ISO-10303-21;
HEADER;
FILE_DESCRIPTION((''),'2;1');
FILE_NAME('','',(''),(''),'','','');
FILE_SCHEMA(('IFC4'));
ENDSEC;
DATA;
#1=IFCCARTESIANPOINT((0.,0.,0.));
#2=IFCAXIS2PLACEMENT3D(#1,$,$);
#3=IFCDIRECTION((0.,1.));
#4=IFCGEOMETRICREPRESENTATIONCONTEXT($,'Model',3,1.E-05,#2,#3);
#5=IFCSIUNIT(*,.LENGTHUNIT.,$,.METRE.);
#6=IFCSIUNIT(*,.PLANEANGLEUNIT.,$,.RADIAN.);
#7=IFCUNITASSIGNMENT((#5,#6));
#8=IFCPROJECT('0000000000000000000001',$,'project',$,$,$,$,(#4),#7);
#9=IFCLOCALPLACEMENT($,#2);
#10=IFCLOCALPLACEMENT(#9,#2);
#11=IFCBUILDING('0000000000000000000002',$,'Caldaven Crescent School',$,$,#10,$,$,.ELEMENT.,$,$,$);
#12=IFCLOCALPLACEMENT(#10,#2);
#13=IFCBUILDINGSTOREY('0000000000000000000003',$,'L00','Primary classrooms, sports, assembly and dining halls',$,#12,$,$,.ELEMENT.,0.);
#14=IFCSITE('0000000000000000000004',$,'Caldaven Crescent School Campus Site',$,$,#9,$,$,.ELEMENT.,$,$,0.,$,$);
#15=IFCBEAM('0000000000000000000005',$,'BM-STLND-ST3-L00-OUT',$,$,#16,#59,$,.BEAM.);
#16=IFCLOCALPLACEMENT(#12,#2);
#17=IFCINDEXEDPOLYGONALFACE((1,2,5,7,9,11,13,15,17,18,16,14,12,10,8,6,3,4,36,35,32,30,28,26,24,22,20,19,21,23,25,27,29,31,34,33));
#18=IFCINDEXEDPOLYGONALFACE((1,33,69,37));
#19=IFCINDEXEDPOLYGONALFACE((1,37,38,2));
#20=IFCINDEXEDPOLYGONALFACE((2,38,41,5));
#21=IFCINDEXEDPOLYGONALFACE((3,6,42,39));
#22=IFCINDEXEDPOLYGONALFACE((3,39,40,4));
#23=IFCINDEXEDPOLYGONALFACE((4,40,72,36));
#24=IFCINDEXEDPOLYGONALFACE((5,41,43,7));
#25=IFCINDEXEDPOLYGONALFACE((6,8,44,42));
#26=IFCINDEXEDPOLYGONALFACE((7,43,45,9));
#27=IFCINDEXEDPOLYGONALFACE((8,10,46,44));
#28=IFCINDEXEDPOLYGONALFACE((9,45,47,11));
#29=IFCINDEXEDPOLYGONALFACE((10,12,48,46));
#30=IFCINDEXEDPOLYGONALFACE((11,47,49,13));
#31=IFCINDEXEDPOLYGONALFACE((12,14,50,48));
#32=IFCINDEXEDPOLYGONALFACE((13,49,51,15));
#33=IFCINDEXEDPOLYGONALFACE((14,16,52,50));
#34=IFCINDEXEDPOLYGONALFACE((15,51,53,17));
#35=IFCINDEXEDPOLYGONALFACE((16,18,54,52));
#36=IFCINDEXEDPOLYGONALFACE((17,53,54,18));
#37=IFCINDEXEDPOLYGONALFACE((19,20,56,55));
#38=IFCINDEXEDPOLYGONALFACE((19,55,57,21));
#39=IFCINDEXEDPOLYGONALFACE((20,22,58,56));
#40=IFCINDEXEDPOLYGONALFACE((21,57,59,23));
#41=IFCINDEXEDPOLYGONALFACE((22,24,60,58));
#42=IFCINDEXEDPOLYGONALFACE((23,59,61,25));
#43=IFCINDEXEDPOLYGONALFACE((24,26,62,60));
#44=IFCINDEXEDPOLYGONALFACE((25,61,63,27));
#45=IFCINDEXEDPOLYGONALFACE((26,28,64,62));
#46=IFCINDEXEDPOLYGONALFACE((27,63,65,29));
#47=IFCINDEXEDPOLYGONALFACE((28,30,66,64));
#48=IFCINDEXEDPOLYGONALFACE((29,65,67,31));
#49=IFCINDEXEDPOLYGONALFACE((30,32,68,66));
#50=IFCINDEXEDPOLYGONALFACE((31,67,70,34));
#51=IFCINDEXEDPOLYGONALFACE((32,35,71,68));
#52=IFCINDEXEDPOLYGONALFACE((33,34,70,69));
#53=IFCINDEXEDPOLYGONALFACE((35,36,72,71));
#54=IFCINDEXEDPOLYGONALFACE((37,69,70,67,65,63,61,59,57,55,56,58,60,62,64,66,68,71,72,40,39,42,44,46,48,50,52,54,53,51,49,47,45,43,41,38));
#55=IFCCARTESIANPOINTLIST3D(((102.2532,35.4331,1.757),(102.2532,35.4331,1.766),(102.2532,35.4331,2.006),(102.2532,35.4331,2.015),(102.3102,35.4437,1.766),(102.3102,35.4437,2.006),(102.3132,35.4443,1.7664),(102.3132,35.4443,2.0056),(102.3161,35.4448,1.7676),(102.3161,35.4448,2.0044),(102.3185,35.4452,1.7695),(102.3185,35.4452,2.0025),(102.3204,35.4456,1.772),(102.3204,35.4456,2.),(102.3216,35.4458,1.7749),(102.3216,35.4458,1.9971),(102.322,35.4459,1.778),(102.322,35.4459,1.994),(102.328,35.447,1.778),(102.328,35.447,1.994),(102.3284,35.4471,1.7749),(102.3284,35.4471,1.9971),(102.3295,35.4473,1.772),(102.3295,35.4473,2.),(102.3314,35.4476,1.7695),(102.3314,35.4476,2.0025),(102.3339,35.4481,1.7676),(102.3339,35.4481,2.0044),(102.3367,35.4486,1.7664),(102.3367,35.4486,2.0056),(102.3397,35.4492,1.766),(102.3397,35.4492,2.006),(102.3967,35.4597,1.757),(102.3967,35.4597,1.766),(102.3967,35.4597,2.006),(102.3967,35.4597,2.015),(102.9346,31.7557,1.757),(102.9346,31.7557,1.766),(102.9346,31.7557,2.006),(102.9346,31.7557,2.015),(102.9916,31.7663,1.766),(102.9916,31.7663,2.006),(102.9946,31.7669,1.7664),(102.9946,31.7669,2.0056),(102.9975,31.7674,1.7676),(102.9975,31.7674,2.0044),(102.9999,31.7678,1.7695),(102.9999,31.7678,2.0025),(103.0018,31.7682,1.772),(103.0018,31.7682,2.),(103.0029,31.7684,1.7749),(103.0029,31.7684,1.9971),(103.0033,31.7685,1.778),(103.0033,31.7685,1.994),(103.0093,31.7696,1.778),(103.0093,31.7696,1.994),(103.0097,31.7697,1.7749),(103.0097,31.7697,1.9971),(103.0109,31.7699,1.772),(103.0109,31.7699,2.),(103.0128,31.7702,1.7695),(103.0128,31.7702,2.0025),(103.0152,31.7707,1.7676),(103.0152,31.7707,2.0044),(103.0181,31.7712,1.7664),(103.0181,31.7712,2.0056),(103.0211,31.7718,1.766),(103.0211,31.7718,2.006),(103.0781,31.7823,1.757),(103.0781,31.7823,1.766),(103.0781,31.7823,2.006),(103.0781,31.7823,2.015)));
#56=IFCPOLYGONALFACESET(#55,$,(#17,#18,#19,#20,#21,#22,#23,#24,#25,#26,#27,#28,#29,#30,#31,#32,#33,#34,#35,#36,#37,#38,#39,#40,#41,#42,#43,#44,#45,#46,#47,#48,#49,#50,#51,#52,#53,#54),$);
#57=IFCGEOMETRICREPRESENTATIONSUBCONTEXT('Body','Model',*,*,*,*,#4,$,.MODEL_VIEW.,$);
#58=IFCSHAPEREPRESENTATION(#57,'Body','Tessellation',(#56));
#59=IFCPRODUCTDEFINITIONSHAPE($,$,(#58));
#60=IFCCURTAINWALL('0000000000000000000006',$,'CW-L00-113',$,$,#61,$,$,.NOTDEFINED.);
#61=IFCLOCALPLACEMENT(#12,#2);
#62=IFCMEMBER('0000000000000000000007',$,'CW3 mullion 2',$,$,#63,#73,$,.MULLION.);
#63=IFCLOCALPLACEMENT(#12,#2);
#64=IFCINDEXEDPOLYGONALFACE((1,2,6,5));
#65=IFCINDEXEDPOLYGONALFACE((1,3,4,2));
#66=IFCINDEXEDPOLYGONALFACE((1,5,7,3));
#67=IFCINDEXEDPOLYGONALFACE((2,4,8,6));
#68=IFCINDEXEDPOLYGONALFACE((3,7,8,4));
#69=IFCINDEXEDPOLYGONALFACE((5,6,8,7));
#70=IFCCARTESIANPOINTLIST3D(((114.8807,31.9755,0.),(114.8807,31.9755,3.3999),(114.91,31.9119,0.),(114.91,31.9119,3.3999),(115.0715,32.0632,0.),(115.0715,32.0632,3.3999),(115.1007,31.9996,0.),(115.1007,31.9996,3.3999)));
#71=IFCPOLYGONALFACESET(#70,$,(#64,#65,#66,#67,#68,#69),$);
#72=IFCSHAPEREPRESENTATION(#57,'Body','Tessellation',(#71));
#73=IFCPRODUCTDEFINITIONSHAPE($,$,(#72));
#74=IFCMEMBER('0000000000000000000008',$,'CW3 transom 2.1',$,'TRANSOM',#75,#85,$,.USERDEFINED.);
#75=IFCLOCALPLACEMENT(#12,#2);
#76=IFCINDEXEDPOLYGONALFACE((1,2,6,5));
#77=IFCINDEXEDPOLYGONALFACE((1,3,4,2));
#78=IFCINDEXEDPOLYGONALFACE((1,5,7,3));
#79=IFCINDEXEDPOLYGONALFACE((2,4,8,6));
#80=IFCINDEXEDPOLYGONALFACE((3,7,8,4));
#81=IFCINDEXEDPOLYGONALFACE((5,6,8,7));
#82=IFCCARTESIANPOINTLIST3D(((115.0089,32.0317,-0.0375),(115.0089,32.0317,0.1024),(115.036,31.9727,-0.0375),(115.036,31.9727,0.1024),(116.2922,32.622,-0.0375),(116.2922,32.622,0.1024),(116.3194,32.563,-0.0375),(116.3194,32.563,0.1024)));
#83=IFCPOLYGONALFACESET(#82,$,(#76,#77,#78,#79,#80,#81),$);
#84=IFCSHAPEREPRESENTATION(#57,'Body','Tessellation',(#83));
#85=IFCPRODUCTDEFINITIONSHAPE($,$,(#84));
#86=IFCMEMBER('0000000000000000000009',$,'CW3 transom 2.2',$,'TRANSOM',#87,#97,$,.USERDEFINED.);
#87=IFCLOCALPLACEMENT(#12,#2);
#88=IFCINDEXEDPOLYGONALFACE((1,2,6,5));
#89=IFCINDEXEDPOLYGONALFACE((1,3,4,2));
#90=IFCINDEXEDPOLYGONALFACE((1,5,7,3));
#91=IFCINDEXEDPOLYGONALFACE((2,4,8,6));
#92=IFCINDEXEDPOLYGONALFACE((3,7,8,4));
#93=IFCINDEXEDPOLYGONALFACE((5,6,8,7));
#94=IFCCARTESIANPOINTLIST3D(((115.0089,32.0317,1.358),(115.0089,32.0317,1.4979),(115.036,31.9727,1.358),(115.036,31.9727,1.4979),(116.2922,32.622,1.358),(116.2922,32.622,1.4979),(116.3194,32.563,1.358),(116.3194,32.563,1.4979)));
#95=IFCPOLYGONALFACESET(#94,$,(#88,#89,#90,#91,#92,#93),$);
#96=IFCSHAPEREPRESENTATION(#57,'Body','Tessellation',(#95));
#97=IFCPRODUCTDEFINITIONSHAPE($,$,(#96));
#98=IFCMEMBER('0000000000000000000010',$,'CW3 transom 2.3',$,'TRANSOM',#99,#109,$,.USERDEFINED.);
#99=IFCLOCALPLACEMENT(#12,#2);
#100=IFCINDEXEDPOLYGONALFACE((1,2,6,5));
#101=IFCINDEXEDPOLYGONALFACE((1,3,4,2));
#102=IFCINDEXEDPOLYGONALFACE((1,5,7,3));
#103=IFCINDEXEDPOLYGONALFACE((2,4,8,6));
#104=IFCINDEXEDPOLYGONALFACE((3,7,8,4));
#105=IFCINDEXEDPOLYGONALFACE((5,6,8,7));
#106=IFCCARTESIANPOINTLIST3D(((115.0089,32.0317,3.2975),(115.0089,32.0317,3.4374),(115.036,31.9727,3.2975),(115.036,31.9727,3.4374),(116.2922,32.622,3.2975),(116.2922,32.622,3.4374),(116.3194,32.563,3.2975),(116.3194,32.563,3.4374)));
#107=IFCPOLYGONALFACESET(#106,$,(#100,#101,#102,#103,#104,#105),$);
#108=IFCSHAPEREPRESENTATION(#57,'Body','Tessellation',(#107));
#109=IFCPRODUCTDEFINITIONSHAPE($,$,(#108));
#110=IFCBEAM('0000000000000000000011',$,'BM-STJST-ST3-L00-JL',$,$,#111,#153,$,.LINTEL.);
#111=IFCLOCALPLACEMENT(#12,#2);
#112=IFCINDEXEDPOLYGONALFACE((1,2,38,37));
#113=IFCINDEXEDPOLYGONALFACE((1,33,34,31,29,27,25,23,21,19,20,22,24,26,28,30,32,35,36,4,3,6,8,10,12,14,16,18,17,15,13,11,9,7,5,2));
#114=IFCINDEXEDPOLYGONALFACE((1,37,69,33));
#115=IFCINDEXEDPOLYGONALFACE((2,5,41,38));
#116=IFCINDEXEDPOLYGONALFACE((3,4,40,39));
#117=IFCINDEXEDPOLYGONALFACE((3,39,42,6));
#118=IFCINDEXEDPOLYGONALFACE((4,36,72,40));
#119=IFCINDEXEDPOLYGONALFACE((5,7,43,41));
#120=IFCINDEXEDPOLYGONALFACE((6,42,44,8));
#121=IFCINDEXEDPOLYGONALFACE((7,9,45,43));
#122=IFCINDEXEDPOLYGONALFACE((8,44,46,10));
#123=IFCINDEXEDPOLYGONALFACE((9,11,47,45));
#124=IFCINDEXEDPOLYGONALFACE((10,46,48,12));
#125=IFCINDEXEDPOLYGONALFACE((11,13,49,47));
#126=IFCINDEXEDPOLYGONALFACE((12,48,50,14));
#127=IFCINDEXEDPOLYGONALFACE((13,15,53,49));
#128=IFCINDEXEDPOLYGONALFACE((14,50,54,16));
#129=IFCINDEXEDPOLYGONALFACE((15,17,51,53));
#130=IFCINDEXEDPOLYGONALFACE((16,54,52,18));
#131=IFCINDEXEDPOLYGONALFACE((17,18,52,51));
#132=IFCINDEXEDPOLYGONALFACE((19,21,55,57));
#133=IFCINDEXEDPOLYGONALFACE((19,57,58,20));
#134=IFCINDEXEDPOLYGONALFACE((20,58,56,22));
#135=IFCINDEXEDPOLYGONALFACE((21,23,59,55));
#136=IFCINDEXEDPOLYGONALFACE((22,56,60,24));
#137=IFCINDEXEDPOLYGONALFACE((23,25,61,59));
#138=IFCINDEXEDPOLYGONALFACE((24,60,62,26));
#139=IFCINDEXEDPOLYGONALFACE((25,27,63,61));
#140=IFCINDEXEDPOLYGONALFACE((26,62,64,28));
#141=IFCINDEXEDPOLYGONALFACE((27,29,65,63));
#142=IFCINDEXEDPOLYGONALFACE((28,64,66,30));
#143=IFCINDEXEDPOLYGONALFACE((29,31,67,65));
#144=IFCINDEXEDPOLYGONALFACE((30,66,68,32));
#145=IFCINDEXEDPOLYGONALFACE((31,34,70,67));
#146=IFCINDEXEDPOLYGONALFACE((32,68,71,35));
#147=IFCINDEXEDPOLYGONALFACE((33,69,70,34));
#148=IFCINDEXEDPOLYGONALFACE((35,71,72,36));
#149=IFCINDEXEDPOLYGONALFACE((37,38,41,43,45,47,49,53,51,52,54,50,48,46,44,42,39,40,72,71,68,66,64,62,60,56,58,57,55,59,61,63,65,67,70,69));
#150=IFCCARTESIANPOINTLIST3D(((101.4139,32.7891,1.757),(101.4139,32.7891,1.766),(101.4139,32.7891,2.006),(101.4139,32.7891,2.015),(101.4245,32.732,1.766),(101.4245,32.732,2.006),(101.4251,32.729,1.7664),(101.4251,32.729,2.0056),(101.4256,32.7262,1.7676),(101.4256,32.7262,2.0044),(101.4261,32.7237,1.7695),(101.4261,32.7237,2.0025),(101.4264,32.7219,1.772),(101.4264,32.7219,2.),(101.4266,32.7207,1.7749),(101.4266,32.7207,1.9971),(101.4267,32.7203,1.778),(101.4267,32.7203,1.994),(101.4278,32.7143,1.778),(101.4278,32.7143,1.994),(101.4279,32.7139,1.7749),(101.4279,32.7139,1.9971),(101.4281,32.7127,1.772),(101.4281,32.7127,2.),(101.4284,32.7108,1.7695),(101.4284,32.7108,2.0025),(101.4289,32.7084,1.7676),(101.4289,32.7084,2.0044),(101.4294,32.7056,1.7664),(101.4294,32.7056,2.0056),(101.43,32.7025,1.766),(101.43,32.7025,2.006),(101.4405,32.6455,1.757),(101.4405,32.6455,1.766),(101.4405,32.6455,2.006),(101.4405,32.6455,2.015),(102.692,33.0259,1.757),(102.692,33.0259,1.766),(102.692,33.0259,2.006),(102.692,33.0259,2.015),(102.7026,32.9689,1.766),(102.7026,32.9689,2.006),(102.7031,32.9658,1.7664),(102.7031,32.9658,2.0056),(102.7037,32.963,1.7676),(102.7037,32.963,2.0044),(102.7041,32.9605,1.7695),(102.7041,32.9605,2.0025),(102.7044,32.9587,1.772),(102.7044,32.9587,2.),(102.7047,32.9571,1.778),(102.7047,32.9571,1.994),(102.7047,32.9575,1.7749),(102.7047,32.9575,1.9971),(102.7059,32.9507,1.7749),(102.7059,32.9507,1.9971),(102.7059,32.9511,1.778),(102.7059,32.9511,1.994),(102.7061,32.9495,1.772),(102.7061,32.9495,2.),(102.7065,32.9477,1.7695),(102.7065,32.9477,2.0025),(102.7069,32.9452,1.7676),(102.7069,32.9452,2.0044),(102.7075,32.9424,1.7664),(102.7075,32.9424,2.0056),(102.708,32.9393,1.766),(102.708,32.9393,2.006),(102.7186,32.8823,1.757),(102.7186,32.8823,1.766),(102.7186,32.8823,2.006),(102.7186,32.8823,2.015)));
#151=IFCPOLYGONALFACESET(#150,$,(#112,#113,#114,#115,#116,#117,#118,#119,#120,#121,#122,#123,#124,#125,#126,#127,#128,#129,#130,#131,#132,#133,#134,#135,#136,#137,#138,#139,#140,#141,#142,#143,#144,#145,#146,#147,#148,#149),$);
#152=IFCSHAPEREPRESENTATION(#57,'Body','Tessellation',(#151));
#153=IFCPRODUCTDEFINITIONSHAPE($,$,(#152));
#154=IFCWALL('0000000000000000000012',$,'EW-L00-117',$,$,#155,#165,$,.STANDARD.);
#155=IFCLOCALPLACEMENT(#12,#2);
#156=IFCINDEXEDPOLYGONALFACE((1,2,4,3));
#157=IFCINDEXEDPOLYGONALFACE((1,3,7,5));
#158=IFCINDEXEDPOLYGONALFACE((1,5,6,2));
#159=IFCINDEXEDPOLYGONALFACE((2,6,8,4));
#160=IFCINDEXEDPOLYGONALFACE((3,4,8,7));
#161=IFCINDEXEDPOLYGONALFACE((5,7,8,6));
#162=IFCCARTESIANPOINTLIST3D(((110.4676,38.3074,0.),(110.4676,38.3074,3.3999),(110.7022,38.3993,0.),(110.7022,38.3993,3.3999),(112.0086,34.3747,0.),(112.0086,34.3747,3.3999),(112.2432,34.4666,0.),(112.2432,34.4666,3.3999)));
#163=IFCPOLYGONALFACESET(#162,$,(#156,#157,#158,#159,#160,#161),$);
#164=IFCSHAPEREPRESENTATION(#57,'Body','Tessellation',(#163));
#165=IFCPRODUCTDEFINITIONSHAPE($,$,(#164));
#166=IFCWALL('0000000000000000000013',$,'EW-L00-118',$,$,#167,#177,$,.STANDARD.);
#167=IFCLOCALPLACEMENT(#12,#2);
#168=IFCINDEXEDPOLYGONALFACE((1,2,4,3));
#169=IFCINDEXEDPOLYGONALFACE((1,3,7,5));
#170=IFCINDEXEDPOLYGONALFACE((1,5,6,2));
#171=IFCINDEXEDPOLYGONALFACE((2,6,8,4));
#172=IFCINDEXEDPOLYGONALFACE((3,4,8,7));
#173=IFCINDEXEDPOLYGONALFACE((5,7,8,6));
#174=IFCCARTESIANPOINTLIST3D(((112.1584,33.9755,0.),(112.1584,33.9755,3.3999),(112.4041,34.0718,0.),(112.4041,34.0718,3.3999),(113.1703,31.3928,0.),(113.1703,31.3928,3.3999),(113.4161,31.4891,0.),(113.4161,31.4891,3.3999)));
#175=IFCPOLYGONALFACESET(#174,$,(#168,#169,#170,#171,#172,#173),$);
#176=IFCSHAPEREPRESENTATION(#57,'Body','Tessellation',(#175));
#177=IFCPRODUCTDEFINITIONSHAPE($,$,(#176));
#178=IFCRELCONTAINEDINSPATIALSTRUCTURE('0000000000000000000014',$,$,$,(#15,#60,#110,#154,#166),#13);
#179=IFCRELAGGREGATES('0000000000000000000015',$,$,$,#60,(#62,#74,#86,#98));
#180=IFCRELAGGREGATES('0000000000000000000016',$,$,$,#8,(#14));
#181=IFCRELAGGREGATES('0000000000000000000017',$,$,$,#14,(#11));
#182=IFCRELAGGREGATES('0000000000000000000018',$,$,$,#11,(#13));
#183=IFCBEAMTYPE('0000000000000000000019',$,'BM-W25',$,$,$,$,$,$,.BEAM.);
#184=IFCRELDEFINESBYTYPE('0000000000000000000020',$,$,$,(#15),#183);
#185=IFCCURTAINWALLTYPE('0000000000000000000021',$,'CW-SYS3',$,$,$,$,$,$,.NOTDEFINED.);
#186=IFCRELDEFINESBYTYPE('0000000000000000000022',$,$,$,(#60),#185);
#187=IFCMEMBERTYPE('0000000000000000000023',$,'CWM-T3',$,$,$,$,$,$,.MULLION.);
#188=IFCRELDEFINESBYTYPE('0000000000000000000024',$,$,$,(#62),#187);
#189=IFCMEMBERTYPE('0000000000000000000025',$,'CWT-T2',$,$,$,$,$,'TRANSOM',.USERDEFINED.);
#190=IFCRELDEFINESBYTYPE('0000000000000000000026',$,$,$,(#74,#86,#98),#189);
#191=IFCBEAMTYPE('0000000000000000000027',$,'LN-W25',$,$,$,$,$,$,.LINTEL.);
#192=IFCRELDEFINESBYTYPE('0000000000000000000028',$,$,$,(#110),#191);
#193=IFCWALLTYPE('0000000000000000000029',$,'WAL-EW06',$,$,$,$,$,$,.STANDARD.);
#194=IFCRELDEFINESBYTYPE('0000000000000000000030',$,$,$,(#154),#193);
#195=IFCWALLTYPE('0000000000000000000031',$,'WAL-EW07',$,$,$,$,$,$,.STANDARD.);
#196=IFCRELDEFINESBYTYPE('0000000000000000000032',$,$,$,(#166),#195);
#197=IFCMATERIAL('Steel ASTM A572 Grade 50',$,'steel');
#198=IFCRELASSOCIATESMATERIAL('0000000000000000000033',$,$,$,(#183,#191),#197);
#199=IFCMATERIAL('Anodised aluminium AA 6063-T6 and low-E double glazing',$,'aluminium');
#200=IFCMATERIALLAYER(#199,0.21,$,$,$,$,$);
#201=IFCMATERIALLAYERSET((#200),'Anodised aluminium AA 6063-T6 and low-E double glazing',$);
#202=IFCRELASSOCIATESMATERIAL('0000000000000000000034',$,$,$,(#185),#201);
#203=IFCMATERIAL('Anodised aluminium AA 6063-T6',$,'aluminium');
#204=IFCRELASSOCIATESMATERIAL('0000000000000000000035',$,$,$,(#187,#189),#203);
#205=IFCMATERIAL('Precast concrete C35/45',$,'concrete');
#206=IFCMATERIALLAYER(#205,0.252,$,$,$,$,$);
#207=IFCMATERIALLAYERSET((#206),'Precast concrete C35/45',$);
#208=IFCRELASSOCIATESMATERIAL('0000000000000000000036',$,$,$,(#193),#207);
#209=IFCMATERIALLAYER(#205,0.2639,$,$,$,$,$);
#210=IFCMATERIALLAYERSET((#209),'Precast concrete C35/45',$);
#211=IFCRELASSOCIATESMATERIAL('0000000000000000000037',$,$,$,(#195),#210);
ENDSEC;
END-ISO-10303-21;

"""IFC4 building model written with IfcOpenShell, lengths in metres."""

from ifc_helpers import new_model, si_unit, direction, frame, frame_2d, origin, origin_2d, place, context, subcontext, project, spatial, rectangle, i_section, extrude, material, layer, layer_set, material_profile, profile_set, type_object, element, aggregate, save


model = new_model("IFC4")

# Units and contexts
model_context = context("Model", 3, precision=1e-05, world=origin(), true_north=direction((0.0, 1.0)))
body_context = subcontext(model_context, "Body", "Model", "MODEL_VIEW")
ifc_project = project(units=[si_unit("LENGTHUNIT", "METRE"), si_unit("PLANEANGLEUNIT", "RADIAN")], contexts=[model_context])

# Site, building, storey
site_placement = place(None, origin())
site = spatial("IfcSite", under=ifc_project, at=site_placement, Name="Caldaven Crescent School Campus Site", CompositionType="ELEMENT", RefElevation=0.0)
building_placement = place(site_placement, origin())
building = spatial("IfcBuilding", under=site, at=building_placement, Name="Caldaven Crescent School", CompositionType="ELEMENT")
storey_placement = place(building_placement, origin())
storey = spatial("IfcBuildingStorey", under=building, at=storey_placement, Name="L00", Description="Primary classrooms, sports, assembly and dining halls", CompositionType="ELEMENT", Elevation=0.0)

# Shared definitions
ifc_material_1 = material(Name="Steel ASTM A572 Grade 50", Category="steel")

# Beam
ifc_material_profile_1 = material_profile(ifc_material_1, i_section(OverallWidth=0.146, OverallDepth=0.2581, WebThickness=0.0061, FlangeThickness=0.009, FilletRadius=0.012, at=origin_2d()), Name="W250x33")
ifc_profile_set_1 = profile_set([ifc_material_profile_1], Name="Steel ASTM A572 Grade 50")
beam_type_1 = type_object("IfcBeamType", Name="BM-W25", PredefinedType="BEAM", material=ifc_profile_set_1)
beam_1_placement = place(storey_placement, frame((103.0063, 31.769, 1.886), z_axis=(-0.182187, 0.983264, 0.0), x_axis=(-0.983264, -0.182187, 0.0)))
element("IfcBeam", 1, at=beam_1_placement, inside=storey, type_object=beam_type_1, Name="BM-STLND-ST3-L00-OUT", PredefinedType="BEAM", context=body_context, shape_type="SweptSolid", body=[
    extrude(i_section(OverallWidth=0.146, OverallDepth=0.2581, WebThickness=0.0061, FlangeThickness=0.009, FilletRadius=0.012, at=origin_2d()), origin(), (0.0, 0.0, 1.0), 3.74),
])

# Curtain wall, members
ifc_material_2 = material(Name="Anodised aluminium AA 6063-T6 and low-E double glazing", Category="aluminium")
ifc_layer_1 = layer(ifc_material_2, 0.21)
ifc_layer_set_1 = layer_set([ifc_layer_1], Name="Anodised aluminium AA 6063-T6 and low-E double glazing")
curtain_wall_type = type_object("IfcCurtainWallType", Name="CW-SYS3", PredefinedType="NOTDEFINED", material=ifc_layer_set_1)
curtain_wall_placement = place(storey_placement, origin())
curtain_wall = element("IfcCurtainWall", 2, at=curtain_wall_placement, inside=storey, type_object=curtain_wall_type, Name="CW-L00-113", PredefinedType="NOTDEFINED")
ifc_material_3 = material(Name="Anodised aluminium AA 6063-T6", Category="aluminium")
ifc_material_profile_2 = material_profile(ifc_material_3, rectangle(XDim=0.0701, YDim=0.21, at=origin_2d()), Name="CWM 70x210")
ifc_profile_set_2 = profile_set([ifc_material_profile_2], Name="Anodised aluminium AA 6063-T6")
member_type_1 = type_object("IfcMemberType", Name="CWM-T3", PredefinedType="MULLION", material=ifc_profile_set_2)
member_1_placement = place(storey_placement, frame((114.9907, 31.9875, 0.0), z_axis=(0.0, 0.0, 1.0), x_axis=(-0.417823, 0.908528, 0.0)))
member_1 = element("IfcMember", 3, at=member_1_placement, type_object=member_type_1, Name="CW3 mullion 2", PredefinedType="MULLION", context=body_context, shape_type="SweptSolid", body=[
    extrude(rectangle(XDim=0.0701, YDim=0.21, at=origin_2d()), origin(), (0.0, 0.0, 1.0), 3.3999),
])
ifc_material_profile_3 = material_profile(ifc_material_3, rectangle(XDim=0.0649, YDim=0.1399, at=origin_2d()), Name="CWT 65x140")
ifc_profile_set_3 = profile_set([ifc_material_profile_3], Name="Anodised aluminium AA 6063-T6")
member_type_2 = type_object("IfcMemberType", Name="CWT-T2", ElementType="TRANSOM", PredefinedType="USERDEFINED", material=ifc_profile_set_3)
member_2_placement = place(storey_placement, frame((115.0225, 32.0022, 0.0325), z_axis=(0.908505, 0.417874, 0.0), x_axis=(-0.417874, 0.908505, 0.0)))
member_2 = element("IfcMember", 4, at=member_2_placement, type_object=member_type_2, Name="CW3 transom 2.1", ObjectType="TRANSOM", PredefinedType="USERDEFINED", context=body_context, shape_type="SweptSolid", body=[
    extrude(rectangle(XDim=0.0649, YDim=0.1399, at=origin_2d()), origin(), (0.0, 0.0, 1.0), 1.4126),
])
member_3_placement = place(storey_placement, frame((115.0225, 32.0022, 1.428), z_axis=(0.908505, 0.417874, 0.0), x_axis=(-0.417874, 0.908505, 0.0)))
member_3 = element("IfcMember", 5, at=member_3_placement, type_object=member_type_2, Name="CW3 transom 2.2", ObjectType="TRANSOM", PredefinedType="USERDEFINED", context=body_context, shape_type="SweptSolid", body=[
    extrude(rectangle(XDim=0.0649, YDim=0.1399, at=origin_2d()), origin(), (0.0, 0.0, 1.0), 1.4126),
])
member_4_placement = place(storey_placement, frame((115.0225, 32.0022, 3.3674), z_axis=(0.908505, 0.417874, 0.0), x_axis=(-0.417874, 0.908505, 0.0)))
member_4 = element("IfcMember", 6, at=member_4_placement, type_object=member_type_2, Name="CW3 transom 2.3", ObjectType="TRANSOM", PredefinedType="USERDEFINED", context=body_context, shape_type="SweptSolid", body=[
    extrude(rectangle(XDim=0.0649, YDim=0.1399, at=origin_2d()), origin(), (0.0, 0.0, 1.0), 1.4126),
])
aggregate(curtain_wall, [member_1, member_2, member_3, member_4])

# Beam
ifc_material_profile_4 = material_profile(ifc_material_1, i_section(OverallWidth=0.146, OverallDepth=0.2581, WebThickness=0.0061, FlangeThickness=0.009, FilletRadius=0.012, at=origin_2d()), Name="W250x33")
ifc_profile_set_4 = profile_set([ifc_material_profile_4], Name="Steel ASTM A572 Grade 50")
beam_type_2 = type_object("IfcBeamType", Name="LN-W25", PredefinedType="LINTEL", material=ifc_profile_set_4)
beam_2_placement = place(storey_placement, frame((101.4272, 32.7173, 1.886), z_axis=(0.983263, 0.18219, 0.0), x_axis=(-0.18219, 0.983263, 0.0)))
element("IfcBeam", 7, at=beam_2_placement, inside=storey, type_object=beam_type_2, Name="BM-STJST-ST3-L00-JL", PredefinedType="LINTEL", context=body_context, shape_type="SweptSolid", body=[
    extrude(i_section(OverallWidth=0.146, OverallDepth=0.2581, WebThickness=0.0061, FlangeThickness=0.009, FilletRadius=0.012, at=origin_2d()), origin(), (0.0, 0.0, 1.0), 1.2998),
])

# Walls
ifc_material_4 = material(Name="Precast concrete C35/45", Category="concrete")
ifc_layer_2 = layer(ifc_material_4, 0.252)
ifc_layer_set_2 = layer_set([ifc_layer_2], Name="Precast concrete C35/45")
wall_type_1 = type_object("IfcWallType", Name="WAL-EW06", PredefinedType="STANDARD", material=ifc_layer_set_2)
wall_1_placement = place(storey_placement, frame((110.585, 38.3533, 0.0), z_axis=(0.0, 0.0, 1.0), x_axis=(0.364824, -0.931076, 0.0)))
element("IfcWall", 8, at=wall_1_placement, inside=storey, type_object=wall_type_1, Name="EW-L00-117", PredefinedType="STANDARD", context=body_context, shape_type="SweptSolid", body=[
    extrude(rectangle(XDim=4.2239, YDim=0.252, at=frame_2d((2.1118, 0.0))), origin(), (0.0, 0.0, 1.0), 3.3999),
])
ifc_layer_3 = layer(ifc_material_4, 0.2639)
ifc_layer_set_3 = layer_set([ifc_layer_3], Name="Precast concrete C35/45")
wall_type_2 = type_object("IfcWallType", Name="WAL-EW07", PredefinedType="STANDARD", material=ifc_layer_set_3)
wall_2_placement = place(storey_placement, frame((112.2812, 34.0237, 0.0), z_axis=(0.0, 0.0, 1.0), x_axis=(0.364811, -0.931082, 0.0)))
element("IfcWall", 9, at=wall_2_placement, inside=storey, type_object=wall_type_2, Name="EW-L00-118", PredefinedType="STANDARD", context=body_context, shape_type="SweptSolid", body=[
    extrude(rectangle(XDim=2.7739, YDim=0.2639, at=frame_2d((1.387, 0.0))), origin(), (0.0, 0.0, 1.0), 3.3999),
])

save(model, "model.ifc")
